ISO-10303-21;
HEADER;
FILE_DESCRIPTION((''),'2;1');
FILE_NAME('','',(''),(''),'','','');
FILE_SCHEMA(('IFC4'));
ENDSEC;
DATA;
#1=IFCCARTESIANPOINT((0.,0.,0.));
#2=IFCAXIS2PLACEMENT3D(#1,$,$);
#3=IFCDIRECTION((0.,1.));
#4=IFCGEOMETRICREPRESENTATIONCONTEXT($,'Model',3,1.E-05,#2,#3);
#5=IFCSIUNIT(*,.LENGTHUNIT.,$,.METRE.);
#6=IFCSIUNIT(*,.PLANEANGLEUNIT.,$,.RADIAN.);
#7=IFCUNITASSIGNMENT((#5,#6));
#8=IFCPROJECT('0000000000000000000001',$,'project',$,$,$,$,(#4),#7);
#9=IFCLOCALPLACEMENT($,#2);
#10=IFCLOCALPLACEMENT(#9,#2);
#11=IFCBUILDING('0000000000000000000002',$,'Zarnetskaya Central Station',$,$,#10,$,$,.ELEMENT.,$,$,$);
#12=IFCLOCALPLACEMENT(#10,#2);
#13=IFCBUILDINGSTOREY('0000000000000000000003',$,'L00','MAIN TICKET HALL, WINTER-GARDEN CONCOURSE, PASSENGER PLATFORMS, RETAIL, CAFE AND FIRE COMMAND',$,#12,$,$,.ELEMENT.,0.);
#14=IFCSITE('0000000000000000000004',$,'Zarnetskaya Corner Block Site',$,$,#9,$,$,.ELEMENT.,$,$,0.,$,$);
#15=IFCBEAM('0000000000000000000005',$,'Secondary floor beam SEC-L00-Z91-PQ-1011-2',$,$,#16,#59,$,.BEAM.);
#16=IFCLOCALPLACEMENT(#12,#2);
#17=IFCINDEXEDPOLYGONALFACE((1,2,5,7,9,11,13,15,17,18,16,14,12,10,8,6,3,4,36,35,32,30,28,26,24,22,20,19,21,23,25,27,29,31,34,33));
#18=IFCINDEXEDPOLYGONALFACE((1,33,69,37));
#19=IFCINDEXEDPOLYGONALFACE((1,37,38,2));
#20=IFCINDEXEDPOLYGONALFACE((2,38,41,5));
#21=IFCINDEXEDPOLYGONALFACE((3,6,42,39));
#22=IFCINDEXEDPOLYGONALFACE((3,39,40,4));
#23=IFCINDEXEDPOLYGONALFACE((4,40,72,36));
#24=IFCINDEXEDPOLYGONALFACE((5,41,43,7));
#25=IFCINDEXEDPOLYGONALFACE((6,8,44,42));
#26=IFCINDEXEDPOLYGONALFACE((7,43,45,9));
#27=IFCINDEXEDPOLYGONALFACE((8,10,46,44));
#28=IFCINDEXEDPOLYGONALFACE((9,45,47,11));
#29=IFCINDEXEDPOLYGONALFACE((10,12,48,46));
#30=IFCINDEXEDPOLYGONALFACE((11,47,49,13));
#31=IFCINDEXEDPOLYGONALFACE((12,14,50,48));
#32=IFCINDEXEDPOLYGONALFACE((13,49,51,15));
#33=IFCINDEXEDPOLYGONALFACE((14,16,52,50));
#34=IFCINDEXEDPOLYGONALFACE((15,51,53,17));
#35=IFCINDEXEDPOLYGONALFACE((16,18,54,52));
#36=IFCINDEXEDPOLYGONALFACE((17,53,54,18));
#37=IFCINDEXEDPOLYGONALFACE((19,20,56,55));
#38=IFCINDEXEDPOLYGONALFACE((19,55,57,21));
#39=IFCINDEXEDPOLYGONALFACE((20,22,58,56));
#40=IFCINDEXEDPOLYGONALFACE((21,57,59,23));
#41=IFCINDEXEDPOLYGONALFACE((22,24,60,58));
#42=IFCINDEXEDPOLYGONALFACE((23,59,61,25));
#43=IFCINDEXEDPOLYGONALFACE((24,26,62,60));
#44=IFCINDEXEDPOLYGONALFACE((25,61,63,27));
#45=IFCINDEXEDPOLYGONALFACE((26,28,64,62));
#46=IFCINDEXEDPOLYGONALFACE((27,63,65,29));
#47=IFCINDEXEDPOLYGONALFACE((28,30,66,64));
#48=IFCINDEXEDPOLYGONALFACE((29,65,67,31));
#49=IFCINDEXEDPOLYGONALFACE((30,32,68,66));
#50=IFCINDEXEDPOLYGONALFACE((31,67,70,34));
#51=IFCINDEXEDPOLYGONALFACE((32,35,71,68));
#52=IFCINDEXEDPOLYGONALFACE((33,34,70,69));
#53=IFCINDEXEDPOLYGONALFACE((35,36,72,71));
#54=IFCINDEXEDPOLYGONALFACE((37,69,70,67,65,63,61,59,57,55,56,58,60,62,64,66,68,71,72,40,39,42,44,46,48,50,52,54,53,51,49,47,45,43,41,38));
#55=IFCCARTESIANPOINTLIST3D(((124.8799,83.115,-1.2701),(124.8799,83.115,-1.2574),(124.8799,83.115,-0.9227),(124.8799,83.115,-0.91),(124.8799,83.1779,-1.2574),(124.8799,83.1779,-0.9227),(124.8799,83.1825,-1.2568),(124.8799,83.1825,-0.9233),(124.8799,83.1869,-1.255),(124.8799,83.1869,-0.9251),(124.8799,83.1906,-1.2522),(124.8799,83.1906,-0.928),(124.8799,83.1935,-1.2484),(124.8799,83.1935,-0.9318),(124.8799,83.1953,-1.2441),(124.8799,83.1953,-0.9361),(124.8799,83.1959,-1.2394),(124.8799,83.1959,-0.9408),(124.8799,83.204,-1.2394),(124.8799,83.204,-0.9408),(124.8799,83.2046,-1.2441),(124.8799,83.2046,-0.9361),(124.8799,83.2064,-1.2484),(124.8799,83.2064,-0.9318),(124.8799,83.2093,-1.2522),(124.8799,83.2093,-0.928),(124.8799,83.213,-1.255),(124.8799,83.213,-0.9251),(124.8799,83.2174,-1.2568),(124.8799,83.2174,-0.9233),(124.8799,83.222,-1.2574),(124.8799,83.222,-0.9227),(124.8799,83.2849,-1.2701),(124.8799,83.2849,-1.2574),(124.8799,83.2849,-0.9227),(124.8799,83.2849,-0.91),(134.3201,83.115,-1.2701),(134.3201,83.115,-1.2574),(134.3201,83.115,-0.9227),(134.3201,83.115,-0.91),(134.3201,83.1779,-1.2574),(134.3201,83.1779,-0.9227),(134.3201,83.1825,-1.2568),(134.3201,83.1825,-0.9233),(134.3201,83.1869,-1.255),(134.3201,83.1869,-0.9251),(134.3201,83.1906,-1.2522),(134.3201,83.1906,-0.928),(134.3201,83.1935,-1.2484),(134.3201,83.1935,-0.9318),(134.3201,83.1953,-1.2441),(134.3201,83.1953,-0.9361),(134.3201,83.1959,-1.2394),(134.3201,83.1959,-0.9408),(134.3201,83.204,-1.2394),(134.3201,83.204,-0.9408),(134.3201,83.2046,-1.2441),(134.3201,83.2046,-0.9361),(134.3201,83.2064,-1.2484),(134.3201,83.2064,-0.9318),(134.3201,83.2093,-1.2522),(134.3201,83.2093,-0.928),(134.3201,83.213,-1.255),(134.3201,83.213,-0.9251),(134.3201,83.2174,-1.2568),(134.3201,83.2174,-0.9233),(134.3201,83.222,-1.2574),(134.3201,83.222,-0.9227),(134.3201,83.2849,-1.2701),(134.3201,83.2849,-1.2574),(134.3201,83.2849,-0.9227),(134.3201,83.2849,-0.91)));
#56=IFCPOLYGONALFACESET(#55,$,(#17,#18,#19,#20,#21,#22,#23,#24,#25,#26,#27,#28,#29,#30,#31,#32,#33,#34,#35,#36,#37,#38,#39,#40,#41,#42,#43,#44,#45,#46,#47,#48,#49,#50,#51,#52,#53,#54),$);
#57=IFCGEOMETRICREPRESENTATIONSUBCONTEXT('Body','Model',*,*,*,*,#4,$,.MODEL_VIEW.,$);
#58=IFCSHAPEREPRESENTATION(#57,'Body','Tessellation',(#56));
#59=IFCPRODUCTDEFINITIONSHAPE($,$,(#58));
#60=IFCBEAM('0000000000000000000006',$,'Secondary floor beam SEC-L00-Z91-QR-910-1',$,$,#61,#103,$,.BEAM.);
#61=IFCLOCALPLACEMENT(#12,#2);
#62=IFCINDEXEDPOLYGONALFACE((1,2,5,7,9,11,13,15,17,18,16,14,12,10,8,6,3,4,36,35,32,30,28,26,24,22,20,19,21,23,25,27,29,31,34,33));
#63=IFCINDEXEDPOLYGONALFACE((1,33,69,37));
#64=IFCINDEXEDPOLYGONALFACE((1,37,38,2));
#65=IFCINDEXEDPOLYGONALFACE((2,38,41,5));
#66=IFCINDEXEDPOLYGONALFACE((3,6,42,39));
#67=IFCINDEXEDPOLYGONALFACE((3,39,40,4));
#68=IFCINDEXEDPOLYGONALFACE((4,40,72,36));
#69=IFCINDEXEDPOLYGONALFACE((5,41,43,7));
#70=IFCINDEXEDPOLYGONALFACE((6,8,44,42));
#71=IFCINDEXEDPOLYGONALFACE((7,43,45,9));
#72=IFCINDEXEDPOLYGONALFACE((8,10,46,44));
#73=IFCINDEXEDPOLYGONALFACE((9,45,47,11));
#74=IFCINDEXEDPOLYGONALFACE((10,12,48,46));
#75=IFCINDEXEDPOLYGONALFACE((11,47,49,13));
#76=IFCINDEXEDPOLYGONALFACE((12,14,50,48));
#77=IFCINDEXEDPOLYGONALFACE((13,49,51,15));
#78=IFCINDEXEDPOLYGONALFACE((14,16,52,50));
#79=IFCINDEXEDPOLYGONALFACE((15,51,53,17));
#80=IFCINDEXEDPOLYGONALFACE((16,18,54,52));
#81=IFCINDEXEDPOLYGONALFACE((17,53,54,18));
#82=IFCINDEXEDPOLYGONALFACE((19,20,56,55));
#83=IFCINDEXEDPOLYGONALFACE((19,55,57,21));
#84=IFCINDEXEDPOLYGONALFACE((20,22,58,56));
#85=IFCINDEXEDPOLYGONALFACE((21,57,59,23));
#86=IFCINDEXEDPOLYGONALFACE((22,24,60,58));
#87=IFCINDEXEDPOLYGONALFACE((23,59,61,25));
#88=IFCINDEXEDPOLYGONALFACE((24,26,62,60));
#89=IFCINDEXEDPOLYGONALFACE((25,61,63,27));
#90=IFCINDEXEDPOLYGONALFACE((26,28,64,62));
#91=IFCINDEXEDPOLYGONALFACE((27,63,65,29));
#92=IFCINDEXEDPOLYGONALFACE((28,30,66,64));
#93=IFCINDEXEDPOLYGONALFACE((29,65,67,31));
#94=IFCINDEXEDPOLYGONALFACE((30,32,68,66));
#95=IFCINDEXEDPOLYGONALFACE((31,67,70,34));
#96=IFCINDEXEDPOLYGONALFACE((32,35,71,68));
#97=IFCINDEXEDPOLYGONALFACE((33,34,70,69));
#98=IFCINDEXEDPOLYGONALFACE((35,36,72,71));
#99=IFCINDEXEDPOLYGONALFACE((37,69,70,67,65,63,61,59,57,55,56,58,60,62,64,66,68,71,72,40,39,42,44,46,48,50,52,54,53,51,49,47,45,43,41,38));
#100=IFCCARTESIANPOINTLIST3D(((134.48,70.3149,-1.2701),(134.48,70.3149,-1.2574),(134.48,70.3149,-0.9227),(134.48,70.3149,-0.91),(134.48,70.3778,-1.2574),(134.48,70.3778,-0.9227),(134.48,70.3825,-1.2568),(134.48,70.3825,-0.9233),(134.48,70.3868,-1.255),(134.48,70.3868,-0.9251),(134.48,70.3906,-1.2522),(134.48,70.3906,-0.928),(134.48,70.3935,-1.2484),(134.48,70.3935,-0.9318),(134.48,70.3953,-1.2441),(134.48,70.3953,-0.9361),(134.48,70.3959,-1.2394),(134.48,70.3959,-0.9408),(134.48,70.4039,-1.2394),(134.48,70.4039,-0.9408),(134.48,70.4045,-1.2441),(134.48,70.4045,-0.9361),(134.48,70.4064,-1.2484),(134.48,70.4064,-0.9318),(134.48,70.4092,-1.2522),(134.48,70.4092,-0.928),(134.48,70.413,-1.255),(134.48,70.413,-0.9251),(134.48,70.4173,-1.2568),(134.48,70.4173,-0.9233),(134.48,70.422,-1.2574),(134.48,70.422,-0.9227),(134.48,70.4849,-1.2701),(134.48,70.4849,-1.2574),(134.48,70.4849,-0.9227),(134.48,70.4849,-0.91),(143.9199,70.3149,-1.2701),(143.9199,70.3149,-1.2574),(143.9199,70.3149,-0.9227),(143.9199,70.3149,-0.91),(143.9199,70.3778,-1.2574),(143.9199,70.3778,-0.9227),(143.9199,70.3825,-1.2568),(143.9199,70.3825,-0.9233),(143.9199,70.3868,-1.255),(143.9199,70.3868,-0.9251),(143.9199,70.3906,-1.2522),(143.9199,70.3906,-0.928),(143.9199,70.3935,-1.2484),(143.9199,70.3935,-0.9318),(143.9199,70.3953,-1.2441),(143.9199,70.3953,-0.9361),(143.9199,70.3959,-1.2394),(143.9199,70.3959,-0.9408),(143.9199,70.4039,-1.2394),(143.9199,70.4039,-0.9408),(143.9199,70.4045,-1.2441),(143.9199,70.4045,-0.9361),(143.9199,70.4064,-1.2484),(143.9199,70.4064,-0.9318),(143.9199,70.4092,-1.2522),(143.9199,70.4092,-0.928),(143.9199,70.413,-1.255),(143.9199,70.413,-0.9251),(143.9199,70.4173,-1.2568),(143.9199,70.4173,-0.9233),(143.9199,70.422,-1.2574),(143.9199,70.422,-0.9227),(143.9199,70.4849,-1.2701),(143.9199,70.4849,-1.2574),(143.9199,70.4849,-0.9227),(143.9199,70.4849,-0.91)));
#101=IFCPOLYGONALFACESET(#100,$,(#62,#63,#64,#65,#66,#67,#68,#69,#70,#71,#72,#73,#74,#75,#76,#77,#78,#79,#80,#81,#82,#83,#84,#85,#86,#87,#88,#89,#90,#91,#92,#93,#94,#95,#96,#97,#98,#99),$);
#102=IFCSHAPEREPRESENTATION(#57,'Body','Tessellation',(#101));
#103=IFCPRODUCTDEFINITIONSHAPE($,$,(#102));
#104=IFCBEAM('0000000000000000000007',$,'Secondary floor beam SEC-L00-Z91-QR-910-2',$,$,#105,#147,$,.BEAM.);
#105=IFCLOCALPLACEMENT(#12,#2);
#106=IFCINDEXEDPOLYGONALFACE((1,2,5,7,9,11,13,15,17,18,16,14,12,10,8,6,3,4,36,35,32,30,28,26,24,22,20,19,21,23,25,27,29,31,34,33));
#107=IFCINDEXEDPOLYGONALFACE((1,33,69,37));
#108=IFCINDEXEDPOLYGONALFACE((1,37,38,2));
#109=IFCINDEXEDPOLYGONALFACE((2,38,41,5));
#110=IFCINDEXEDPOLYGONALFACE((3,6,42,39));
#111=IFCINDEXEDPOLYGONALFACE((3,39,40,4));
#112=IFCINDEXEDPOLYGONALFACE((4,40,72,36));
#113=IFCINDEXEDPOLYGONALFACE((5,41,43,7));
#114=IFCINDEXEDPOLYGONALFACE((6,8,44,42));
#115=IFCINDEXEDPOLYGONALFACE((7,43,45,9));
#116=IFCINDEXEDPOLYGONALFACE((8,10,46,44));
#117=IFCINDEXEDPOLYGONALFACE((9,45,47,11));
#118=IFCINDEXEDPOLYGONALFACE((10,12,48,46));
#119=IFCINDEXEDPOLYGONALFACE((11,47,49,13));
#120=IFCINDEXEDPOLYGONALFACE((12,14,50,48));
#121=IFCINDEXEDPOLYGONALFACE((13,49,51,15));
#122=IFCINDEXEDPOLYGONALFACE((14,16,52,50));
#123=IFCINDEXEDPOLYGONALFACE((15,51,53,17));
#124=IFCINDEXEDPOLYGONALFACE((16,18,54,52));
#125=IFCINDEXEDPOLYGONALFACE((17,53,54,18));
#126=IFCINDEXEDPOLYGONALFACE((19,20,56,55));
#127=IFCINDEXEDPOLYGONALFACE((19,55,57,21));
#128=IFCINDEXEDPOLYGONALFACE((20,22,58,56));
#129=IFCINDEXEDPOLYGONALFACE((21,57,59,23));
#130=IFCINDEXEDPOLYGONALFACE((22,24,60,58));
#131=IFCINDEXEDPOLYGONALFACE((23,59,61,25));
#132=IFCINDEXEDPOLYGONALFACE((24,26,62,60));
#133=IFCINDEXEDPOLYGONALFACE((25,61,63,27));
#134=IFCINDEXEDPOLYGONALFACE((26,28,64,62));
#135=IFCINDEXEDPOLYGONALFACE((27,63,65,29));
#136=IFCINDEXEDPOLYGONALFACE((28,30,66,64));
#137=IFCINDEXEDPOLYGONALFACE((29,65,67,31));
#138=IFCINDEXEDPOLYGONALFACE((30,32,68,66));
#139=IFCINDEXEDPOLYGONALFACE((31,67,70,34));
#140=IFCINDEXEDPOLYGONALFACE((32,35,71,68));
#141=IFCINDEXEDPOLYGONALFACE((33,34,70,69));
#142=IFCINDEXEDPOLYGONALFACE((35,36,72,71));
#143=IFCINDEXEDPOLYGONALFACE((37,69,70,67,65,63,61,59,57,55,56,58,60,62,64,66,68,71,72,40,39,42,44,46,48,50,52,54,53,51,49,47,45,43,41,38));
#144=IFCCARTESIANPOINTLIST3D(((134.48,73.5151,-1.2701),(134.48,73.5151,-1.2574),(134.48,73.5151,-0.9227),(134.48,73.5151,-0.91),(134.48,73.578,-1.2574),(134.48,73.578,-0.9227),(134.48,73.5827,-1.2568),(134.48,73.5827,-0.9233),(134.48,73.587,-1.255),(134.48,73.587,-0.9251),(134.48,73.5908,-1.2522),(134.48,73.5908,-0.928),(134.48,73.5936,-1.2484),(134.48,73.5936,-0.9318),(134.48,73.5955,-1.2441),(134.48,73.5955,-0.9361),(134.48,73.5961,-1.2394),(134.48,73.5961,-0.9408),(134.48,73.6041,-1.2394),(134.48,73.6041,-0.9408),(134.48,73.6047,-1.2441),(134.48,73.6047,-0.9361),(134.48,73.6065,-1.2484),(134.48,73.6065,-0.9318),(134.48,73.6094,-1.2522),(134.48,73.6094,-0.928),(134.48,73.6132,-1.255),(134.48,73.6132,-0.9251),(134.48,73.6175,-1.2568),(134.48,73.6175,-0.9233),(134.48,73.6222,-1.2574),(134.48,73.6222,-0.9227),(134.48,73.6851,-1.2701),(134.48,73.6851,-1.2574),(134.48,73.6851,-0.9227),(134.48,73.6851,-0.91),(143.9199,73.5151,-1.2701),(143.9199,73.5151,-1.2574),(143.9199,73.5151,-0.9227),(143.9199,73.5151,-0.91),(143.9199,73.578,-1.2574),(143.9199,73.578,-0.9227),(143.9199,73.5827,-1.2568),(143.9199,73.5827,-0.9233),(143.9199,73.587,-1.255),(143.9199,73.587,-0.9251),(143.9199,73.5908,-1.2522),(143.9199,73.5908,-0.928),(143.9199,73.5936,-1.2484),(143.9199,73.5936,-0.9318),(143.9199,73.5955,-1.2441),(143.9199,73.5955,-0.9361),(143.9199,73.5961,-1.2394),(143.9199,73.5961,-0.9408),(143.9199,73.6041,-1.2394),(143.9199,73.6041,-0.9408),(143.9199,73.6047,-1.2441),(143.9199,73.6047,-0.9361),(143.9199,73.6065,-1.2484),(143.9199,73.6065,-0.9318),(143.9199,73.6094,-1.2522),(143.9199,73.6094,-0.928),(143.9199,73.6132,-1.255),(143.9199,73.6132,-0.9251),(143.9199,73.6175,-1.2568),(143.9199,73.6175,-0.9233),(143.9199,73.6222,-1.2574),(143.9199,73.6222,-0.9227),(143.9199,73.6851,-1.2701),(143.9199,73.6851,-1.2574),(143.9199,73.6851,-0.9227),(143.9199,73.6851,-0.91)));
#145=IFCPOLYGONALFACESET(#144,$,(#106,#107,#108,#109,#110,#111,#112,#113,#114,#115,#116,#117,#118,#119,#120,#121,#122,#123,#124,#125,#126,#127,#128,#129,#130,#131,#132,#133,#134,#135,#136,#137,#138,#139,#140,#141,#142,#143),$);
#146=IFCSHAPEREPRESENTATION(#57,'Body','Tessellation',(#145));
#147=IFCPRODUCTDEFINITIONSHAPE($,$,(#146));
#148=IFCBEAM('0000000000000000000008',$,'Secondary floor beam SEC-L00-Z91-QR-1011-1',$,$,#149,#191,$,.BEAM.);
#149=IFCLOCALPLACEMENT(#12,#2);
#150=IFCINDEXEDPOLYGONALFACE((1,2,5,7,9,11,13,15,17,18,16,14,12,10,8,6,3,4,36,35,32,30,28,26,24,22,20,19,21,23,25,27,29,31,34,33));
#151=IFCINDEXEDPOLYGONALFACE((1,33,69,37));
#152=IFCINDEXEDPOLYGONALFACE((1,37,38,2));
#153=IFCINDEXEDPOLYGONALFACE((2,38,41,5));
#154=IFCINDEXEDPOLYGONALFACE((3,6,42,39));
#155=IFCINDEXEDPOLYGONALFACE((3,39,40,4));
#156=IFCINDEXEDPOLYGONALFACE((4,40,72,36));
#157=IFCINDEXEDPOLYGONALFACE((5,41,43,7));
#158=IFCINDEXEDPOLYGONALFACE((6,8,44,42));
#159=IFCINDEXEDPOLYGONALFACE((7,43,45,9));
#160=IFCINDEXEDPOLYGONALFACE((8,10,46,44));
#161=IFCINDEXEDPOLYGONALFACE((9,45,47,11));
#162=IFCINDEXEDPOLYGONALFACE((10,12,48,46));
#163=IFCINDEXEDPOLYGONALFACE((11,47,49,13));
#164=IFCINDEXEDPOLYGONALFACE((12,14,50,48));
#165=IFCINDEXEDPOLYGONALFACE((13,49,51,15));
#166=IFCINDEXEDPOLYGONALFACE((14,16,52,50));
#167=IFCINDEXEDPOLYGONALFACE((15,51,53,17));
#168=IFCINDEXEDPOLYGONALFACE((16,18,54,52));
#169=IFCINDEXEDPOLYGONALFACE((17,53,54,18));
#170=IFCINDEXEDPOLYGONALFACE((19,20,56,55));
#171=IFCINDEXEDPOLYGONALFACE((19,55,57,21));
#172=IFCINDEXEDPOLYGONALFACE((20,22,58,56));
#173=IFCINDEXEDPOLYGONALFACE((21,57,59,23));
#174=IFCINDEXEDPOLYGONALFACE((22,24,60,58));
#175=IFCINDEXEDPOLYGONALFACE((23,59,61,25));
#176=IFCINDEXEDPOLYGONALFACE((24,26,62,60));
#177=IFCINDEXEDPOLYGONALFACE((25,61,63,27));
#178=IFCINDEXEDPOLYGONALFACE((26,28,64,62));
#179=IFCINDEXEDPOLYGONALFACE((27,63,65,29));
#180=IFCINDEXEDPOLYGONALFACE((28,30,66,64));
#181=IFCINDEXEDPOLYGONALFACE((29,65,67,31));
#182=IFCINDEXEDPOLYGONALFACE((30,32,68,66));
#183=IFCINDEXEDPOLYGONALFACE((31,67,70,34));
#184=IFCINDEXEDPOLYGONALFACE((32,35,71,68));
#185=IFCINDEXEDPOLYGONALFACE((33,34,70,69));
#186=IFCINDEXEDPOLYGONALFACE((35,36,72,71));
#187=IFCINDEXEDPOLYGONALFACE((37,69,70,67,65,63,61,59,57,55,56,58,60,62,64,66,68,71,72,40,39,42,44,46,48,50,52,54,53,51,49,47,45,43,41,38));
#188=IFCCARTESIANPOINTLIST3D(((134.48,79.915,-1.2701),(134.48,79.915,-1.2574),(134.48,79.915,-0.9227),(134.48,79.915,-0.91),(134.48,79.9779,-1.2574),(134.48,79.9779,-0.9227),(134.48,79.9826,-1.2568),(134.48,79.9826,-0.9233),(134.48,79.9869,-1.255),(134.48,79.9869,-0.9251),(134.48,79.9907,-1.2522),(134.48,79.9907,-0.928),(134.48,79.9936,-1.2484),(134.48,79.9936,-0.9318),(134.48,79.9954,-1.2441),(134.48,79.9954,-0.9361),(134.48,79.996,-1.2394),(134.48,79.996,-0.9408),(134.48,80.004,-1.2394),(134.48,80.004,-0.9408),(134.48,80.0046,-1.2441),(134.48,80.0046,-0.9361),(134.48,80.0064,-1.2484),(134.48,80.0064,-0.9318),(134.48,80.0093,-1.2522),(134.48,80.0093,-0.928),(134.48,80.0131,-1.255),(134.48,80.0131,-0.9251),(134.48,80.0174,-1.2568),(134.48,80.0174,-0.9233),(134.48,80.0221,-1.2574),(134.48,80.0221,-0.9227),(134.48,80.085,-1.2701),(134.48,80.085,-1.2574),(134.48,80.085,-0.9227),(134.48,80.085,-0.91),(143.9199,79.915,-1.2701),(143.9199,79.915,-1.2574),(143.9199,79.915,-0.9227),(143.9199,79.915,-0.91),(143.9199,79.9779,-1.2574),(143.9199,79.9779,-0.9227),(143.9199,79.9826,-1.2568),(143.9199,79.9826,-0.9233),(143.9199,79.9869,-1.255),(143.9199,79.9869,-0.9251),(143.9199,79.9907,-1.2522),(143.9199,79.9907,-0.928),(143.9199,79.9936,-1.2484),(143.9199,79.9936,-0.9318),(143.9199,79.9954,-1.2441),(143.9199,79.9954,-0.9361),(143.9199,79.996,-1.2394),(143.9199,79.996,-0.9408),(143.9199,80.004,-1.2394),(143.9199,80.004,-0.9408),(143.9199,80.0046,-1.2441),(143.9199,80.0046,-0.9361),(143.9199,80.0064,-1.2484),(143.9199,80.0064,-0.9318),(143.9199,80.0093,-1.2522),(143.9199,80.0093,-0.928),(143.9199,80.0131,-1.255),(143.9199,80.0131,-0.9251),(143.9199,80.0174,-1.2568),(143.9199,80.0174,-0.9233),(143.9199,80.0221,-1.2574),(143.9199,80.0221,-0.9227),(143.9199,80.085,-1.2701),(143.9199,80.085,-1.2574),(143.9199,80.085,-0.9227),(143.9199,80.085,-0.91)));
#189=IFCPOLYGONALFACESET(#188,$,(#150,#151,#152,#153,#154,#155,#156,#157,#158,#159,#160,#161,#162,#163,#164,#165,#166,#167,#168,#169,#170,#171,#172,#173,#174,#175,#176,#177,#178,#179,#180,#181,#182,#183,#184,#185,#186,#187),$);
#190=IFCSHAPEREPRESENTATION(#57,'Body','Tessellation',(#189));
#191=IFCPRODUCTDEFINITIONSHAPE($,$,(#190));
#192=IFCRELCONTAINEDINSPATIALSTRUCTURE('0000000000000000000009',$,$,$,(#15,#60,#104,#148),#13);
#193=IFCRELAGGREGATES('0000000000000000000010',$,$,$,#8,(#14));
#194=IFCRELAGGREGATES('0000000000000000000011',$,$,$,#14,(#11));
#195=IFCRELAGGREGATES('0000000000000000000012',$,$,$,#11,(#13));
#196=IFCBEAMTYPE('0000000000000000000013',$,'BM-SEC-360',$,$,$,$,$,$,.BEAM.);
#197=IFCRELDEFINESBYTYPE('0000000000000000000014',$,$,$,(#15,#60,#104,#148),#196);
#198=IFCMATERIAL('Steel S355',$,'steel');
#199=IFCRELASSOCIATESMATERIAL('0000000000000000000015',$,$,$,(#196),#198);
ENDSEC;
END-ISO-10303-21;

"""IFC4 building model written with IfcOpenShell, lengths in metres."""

from ifc_helpers import new_model, si_unit, direction, frame, origin, origin_2d, place, context, subcontext, project, spatial, i_section, extrude, material, material_profile, profile_set, type_object, element, save


model = new_model("IFC4")

# Units and contexts
model_context = context("Model", 3, precision=1e-05, world=origin(), true_north=direction((0.0, 1.0)))
body_context = subcontext(model_context, "Body", "Model", "MODEL_VIEW")
ifc_project = project(units=[si_unit("LENGTHUNIT", "METRE"), si_unit("PLANEANGLEUNIT", "RADIAN")], contexts=[model_context])

# Site, building, storey
site_placement = place(None, origin())
site = spatial("IfcSite", under=ifc_project, at=site_placement, Name="Zarnetskaya Corner Block Site", CompositionType="ELEMENT", RefElevation=0.0)
building_placement = place(site_placement, origin())
building = spatial("IfcBuilding", under=site, at=building_placement, Name="Zarnetskaya Central Station", CompositionType="ELEMENT")
storey_placement = place(building_placement, origin())
storey = spatial("IfcBuildingStorey", under=building, at=storey_placement, Name="L00", Description="MAIN TICKET HALL, WINTER-GARDEN CONCOURSE, PASSENGER PLATFORMS, RETAIL, CAFE AND FIRE COMMAND", CompositionType="ELEMENT", Elevation=0.0)

# Shared definitions
ifc_material = material(Name="Steel S355", Category="steel")

# Beams
ifc_material_profile_1 = material_profile(ifc_material, i_section(OverallWidth=0.1699, OverallDepth=0.3601, WebThickness=0.0081, FlangeThickness=0.0127, FilletRadius=0.0181, at=origin_2d()), Name="IPE 360")
ifc_profile_set_1 = profile_set([ifc_material_profile_1], Name="Steel S355")
beam_type_1 = type_object("IfcBeamType", Name="BM-SEC-360", PredefinedType="BEAM", material=ifc_profile_set_1)
for number, where, z_axis, x_axis, name in (
    (1, (124.8799, 83.2, -1.0901), (1.0, 0.0, 0.0), (0.0, 1.0, 0.0), "Secondary floor beam SEC-L00-Z91-PQ-1011-2"),
):
    element("IfcBeam", number, at=place(storey_placement, frame(where, z_axis=z_axis, x_axis=x_axis)), inside=storey, type_object=beam_type_1, Name=name, PredefinedType="BEAM", context=body_context, shape_type="SweptSolid", body=[
        extrude(i_section(OverallWidth=0.1699, OverallDepth=0.3601, WebThickness=0.0081, FlangeThickness=0.0127, FilletRadius=0.0181, at=origin_2d()), origin(), (0.0, 0.0, 1.0), 9.4402),
    ])
for number, where, z_axis, x_axis, name in (
    (2, (134.48, 70.3999, -1.0901), (1.0, 0.0, 0.0), (0.0, 1.0, 0.0), "Secondary floor beam SEC-L00-Z91-QR-910-1"),
    (3, (134.48, 73.6001, -1.0901), (1.0, 0.0, 0.0), (0.0, 1.0, 0.0), "Secondary floor beam SEC-L00-Z91-QR-910-2"),
    (4, (134.48, 80.0, -1.0901), (1.0, 0.0, 0.0), (0.0, 1.0, 0.0), "Secondary floor beam SEC-L00-Z91-QR-1011-1"),
):
    element("IfcBeam", number, at=place(storey_placement, frame(where, z_axis=z_axis, x_axis=x_axis)), inside=storey, type_object=beam_type_1, Name=name, PredefinedType="BEAM", context=body_context, shape_type="SweptSolid", body=[
        extrude(i_section(OverallWidth=0.1699, OverallDepth=0.3601, WebThickness=0.0081, FlangeThickness=0.0127, FilletRadius=0.0181, at=origin_2d()), origin(), (0.0, 0.0, 1.0), 9.4399),
    ])

save(model, "model.ifc")
